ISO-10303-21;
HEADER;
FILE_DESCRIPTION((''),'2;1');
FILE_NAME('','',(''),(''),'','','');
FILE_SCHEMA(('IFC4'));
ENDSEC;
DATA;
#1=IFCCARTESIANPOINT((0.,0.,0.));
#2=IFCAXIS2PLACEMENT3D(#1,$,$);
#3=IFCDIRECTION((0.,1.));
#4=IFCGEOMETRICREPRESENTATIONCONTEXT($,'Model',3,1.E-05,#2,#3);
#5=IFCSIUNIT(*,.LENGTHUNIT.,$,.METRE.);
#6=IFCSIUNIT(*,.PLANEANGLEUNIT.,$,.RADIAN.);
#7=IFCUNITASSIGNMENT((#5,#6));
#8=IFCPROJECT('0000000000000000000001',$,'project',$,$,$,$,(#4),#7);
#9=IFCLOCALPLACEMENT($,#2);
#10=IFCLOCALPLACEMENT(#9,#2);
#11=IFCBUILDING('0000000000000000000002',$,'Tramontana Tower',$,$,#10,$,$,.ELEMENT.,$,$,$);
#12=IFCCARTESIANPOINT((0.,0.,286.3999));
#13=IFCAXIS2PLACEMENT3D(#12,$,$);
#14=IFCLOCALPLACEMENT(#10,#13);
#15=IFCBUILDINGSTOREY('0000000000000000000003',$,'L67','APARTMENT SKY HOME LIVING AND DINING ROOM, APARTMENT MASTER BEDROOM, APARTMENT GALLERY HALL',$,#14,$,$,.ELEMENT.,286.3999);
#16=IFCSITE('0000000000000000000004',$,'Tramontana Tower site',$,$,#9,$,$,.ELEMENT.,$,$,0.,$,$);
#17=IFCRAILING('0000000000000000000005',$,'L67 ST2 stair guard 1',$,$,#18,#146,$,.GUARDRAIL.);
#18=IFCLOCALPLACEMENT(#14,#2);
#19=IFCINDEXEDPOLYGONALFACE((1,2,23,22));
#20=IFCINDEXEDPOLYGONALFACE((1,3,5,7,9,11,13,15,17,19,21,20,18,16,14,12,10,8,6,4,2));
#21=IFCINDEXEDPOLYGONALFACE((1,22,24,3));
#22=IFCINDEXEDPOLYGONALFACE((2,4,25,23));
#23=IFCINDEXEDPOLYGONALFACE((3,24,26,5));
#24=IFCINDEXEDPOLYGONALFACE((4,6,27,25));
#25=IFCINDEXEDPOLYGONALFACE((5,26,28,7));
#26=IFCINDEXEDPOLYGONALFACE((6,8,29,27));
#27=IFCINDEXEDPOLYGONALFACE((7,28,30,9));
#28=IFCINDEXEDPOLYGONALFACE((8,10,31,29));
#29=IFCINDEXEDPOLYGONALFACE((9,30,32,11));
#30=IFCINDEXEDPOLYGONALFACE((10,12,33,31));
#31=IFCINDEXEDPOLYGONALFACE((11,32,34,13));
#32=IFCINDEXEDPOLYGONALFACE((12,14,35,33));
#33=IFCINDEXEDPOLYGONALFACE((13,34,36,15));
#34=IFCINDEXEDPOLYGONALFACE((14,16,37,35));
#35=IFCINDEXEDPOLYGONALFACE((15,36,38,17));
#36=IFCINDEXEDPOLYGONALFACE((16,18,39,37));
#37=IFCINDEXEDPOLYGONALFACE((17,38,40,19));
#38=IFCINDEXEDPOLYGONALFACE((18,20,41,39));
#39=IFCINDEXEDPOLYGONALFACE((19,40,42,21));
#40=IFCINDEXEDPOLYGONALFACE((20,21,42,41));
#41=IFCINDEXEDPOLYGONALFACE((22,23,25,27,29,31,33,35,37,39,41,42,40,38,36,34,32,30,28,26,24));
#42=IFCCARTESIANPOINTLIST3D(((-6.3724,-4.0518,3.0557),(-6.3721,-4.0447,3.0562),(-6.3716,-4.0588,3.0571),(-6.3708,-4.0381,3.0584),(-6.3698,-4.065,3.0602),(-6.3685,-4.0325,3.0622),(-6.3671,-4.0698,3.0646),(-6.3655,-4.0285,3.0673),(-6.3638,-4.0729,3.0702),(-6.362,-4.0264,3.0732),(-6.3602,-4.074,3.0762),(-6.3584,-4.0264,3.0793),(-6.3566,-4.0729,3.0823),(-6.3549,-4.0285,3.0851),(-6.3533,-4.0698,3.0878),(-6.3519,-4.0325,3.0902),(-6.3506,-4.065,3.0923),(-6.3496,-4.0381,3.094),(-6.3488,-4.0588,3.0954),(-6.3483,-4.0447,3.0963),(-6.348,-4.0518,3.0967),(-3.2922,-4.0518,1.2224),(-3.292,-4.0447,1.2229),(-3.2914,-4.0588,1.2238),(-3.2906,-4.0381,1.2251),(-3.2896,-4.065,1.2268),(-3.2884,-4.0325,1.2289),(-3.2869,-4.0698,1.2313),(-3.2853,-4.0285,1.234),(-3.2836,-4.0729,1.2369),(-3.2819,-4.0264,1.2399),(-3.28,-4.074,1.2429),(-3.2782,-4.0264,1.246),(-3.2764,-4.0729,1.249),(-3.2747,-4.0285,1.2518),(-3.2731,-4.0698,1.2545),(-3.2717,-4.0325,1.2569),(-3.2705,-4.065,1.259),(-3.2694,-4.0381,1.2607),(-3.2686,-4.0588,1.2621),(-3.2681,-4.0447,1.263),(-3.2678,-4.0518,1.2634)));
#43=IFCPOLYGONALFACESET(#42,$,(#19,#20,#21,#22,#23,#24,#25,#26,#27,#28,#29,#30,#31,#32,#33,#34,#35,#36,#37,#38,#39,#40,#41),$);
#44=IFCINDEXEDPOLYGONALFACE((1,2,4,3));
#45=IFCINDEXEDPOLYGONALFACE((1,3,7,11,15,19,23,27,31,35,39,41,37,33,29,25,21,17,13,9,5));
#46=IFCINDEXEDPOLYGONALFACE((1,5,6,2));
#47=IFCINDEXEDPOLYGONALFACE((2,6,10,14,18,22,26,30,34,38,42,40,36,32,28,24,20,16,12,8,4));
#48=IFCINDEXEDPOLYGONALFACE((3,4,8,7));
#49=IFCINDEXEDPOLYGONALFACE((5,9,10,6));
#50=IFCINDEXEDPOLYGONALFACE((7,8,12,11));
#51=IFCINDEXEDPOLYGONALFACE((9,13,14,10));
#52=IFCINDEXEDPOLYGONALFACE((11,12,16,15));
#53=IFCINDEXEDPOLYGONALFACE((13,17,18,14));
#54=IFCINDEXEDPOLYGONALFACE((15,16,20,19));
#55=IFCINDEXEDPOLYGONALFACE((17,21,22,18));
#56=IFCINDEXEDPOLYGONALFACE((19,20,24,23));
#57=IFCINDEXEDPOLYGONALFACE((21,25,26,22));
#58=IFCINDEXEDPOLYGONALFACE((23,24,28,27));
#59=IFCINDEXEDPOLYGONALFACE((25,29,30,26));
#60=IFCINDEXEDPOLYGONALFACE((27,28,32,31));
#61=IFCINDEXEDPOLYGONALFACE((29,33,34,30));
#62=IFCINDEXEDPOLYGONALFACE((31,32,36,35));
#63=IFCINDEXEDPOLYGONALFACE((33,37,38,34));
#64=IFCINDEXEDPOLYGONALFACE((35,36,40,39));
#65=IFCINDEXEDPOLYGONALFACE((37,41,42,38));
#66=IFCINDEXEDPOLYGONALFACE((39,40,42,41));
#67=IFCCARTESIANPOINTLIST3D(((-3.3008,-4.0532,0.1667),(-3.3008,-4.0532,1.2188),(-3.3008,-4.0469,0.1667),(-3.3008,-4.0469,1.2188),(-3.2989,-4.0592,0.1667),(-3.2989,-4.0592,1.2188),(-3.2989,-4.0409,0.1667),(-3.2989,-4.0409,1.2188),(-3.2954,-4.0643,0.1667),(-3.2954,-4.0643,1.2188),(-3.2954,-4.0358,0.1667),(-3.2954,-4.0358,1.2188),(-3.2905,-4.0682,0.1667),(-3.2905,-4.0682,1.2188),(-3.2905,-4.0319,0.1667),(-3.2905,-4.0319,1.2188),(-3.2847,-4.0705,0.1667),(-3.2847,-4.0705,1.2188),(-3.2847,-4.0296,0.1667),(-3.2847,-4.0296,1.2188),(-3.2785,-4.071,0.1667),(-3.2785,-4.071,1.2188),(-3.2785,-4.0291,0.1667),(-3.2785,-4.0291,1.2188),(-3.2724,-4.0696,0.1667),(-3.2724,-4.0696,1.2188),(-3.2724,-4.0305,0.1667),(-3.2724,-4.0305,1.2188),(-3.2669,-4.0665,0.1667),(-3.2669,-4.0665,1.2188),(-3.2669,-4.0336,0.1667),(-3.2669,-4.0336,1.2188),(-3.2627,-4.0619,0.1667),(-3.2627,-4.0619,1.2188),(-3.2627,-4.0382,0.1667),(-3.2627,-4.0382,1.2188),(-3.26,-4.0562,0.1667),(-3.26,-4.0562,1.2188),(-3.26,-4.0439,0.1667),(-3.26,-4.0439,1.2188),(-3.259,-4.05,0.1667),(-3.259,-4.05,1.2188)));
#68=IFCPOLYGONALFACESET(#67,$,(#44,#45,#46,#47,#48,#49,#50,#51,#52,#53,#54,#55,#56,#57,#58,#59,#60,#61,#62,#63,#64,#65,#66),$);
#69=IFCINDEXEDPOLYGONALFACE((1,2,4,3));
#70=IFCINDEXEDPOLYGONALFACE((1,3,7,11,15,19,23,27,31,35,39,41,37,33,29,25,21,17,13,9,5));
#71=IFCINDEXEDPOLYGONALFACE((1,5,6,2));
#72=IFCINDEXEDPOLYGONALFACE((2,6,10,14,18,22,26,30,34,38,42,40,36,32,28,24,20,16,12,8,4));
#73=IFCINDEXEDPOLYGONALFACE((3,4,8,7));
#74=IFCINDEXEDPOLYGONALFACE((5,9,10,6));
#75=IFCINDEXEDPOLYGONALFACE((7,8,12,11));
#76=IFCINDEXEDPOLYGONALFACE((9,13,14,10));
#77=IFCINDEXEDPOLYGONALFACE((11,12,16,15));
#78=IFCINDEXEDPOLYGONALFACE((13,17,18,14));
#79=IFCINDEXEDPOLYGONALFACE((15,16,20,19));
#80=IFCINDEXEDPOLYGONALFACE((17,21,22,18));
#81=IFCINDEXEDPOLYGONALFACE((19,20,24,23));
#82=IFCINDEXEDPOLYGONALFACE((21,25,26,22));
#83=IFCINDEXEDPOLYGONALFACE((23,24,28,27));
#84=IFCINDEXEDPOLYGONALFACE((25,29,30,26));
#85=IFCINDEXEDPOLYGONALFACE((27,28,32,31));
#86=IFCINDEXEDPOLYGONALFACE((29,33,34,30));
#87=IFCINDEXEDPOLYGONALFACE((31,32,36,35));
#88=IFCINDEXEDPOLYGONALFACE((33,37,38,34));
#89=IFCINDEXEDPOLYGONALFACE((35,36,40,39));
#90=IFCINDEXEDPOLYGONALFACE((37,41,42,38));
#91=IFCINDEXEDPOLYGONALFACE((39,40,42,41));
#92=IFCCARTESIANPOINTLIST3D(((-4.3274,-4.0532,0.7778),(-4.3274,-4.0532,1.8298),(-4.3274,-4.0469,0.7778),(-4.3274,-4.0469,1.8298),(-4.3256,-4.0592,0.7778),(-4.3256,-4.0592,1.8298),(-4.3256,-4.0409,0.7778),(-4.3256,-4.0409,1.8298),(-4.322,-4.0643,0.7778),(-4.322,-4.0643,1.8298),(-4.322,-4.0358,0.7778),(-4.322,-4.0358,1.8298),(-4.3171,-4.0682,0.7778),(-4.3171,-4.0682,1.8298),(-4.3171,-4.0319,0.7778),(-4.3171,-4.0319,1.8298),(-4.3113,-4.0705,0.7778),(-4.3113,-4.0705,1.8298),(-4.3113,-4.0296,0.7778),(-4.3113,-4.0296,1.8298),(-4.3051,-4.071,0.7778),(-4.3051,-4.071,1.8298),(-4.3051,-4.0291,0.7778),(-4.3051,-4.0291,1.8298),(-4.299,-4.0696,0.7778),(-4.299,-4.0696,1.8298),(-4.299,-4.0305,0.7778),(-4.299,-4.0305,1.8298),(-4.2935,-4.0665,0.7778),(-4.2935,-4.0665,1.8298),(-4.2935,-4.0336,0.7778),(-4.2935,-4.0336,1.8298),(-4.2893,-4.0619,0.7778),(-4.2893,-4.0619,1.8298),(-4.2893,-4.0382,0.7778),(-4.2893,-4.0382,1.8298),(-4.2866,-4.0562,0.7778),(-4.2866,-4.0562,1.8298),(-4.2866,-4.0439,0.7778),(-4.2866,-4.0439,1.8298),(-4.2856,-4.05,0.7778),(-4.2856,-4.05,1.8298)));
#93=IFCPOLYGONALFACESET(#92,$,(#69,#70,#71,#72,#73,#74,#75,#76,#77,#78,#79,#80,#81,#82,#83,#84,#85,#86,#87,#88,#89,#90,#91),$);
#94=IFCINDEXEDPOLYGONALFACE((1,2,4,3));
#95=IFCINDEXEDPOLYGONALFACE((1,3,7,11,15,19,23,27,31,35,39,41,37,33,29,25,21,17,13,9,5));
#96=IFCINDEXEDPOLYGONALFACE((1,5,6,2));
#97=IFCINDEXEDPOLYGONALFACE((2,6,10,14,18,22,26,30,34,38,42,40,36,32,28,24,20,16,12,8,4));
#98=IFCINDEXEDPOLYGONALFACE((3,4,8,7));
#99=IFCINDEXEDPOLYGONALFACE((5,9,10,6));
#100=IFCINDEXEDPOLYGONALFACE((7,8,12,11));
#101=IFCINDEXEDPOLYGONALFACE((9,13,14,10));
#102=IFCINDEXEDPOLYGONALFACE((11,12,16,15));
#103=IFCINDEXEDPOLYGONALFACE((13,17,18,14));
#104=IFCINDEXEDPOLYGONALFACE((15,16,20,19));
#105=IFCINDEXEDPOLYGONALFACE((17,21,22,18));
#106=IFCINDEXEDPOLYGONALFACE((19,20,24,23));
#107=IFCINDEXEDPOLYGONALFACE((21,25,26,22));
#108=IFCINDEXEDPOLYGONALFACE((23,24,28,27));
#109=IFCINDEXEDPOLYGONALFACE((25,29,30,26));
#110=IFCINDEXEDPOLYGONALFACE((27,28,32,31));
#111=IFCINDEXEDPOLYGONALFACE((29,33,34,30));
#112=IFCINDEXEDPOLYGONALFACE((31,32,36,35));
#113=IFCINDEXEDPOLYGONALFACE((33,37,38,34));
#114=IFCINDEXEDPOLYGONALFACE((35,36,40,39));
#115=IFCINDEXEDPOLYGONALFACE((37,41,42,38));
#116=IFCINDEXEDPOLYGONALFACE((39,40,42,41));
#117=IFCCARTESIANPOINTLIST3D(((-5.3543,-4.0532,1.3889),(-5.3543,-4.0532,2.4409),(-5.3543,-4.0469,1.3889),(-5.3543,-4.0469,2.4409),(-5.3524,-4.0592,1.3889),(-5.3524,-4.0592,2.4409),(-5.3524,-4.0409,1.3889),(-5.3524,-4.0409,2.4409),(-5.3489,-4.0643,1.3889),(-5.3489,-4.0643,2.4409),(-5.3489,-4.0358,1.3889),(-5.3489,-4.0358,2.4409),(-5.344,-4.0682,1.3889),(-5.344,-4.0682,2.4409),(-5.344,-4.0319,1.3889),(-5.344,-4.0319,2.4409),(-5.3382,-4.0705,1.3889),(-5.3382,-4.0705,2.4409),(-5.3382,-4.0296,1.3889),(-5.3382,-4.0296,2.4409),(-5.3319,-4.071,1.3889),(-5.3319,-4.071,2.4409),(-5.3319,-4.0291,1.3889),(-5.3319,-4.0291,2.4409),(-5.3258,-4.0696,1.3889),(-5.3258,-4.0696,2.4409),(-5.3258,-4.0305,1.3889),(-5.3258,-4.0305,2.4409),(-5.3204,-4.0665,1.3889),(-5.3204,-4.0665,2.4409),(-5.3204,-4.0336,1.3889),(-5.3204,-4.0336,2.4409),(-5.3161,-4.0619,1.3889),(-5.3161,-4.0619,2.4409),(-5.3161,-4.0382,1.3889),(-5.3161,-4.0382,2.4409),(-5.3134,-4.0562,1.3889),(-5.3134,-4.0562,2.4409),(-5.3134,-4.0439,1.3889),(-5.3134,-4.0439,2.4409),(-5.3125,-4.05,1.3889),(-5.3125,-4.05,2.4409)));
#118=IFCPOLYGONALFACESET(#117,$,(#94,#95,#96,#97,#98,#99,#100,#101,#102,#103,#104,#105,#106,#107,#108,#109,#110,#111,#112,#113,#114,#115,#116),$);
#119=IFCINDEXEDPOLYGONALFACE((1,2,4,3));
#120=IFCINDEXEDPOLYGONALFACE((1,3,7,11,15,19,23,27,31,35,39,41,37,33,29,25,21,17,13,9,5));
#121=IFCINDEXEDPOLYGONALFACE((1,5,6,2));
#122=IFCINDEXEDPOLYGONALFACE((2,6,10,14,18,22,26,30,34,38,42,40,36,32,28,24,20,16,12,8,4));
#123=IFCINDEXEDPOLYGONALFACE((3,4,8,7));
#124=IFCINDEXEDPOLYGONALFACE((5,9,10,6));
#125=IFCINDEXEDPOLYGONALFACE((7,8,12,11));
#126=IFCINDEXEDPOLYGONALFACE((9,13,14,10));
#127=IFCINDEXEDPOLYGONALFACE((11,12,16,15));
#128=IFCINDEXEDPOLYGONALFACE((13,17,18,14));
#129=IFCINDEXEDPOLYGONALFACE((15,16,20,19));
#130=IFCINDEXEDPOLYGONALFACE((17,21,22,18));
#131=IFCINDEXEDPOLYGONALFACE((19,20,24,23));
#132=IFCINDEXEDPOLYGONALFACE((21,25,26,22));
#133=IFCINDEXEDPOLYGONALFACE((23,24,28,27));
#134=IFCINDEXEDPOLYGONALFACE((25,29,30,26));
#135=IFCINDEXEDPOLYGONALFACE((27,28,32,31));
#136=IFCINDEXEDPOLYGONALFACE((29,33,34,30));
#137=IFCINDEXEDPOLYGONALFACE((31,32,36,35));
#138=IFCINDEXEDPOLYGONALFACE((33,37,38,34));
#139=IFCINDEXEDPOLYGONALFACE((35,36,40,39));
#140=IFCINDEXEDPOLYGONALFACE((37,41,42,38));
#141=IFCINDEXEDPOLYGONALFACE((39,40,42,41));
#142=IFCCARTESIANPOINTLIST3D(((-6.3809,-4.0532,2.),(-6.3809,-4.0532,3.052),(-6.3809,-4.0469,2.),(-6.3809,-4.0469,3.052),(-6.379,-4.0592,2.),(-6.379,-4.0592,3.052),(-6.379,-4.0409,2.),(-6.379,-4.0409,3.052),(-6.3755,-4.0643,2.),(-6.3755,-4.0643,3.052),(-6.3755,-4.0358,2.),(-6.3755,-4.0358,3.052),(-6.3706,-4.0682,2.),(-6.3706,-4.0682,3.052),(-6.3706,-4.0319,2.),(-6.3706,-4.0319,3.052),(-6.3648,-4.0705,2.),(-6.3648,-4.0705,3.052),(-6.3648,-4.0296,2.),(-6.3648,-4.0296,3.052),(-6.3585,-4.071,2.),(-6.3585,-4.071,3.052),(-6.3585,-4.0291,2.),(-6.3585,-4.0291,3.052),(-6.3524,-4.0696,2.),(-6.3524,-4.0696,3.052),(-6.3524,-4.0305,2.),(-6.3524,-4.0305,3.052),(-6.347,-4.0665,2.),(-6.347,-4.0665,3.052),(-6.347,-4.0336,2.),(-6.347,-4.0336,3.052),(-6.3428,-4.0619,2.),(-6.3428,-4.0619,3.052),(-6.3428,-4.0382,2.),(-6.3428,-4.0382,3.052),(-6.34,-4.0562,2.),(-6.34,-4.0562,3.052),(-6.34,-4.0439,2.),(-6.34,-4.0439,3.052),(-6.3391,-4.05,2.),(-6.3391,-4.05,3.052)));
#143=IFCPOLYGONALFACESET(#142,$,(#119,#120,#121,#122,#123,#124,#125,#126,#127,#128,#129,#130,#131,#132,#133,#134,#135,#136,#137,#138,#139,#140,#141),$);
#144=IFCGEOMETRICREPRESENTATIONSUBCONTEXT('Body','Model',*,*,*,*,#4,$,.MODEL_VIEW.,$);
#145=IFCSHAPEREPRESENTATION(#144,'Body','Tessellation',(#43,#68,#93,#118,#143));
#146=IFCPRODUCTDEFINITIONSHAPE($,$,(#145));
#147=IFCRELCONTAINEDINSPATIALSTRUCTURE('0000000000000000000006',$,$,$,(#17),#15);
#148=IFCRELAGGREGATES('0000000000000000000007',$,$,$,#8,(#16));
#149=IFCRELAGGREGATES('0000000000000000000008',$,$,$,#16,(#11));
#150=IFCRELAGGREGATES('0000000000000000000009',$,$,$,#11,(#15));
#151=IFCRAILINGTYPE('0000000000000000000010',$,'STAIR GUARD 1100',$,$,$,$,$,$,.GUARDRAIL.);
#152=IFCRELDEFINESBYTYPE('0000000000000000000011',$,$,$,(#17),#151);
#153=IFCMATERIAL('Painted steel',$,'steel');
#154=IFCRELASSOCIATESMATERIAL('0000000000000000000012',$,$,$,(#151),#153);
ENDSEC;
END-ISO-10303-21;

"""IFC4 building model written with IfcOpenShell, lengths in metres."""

from ifc_helpers import new_model, si_unit, direction, frame, origin, origin_2d, place, context, subcontext, project, spatial, circle, extrude, material, type_object, element, save


model = new_model("IFC4")

# Units and contexts
model_context = context("Model", 3, precision=1e-05, world=origin(), true_north=direction((0.0, 1.0)))
body_context = subcontext(model_context, "Body", "Model", "MODEL_VIEW")
ifc_project = project(units=[si_unit("LENGTHUNIT", "METRE"), si_unit("PLANEANGLEUNIT", "RADIAN")], contexts=[model_context])

# Site, building, storey
site_placement = place(None, origin())
site = spatial("IfcSite", under=ifc_project, at=site_placement, Name="Tramontana Tower site", CompositionType="ELEMENT", RefElevation=0.0)
building_placement = place(site_placement, origin())
building = spatial("IfcBuilding", under=site, at=building_placement, Name="Tramontana Tower", CompositionType="ELEMENT")
storey_placement = place(building_placement, frame((0.0, 0.0, 286.3999)))
storey = spatial("IfcBuildingStorey", under=building, at=storey_placement, Name="L67", Description="APARTMENT SKY HOME LIVING AND DINING ROOM, APARTMENT MASTER BEDROOM, APARTMENT GALLERY HALL", CompositionType="ELEMENT", Elevation=286.3999)

# Railing
ifc_material_1 = material(Name="Painted steel", Category="steel")
railing_type_1 = type_object("IfcRailingType", Name="STAIR GUARD 1100", PredefinedType="GUARDRAIL", material=ifc_material_1)
railing_1_placement = place(storey_placement, frame((-3.28, -4.05, 0.1667)))
element("IfcRailing", 1, at=railing_1_placement, inside=storey, type_object=railing_type_1, Name="L67 ST2 stair guard 1", PredefinedType="GUARDRAIL", context=body_context, shape_type="SweptSolid", body=[
    extrude(circle(Radius=0.0239, at=origin_2d()), frame((0.0, 0.0, 1.0762), z_axis=(-0.859309, 0.0, 0.511458), x_axis=(0.0, -1.0, 0.0)), (0.0, 0.0, 1.0), 3.5845),
    extrude(circle(Radius=0.021, at=origin_2d()), origin(), (0.0, 0.0, 1.0), 1.052),
    extrude(circle(Radius=0.021, at=origin_2d()), frame((-1.0266, 0.0, 0.6111)), (0.0, 0.0, 1.0), 1.052),
    extrude(circle(Radius=0.021, at=origin_2d()), frame((-2.0535, 0.0, 1.2222)), (0.0, 0.0, 1.0), 1.052),
    extrude(circle(Radius=0.021, at=origin_2d()), frame((-3.0801, 0.0, 1.8333)), (0.0, 0.0, 1.0), 1.052),
])

save(model, "model.ifc")
